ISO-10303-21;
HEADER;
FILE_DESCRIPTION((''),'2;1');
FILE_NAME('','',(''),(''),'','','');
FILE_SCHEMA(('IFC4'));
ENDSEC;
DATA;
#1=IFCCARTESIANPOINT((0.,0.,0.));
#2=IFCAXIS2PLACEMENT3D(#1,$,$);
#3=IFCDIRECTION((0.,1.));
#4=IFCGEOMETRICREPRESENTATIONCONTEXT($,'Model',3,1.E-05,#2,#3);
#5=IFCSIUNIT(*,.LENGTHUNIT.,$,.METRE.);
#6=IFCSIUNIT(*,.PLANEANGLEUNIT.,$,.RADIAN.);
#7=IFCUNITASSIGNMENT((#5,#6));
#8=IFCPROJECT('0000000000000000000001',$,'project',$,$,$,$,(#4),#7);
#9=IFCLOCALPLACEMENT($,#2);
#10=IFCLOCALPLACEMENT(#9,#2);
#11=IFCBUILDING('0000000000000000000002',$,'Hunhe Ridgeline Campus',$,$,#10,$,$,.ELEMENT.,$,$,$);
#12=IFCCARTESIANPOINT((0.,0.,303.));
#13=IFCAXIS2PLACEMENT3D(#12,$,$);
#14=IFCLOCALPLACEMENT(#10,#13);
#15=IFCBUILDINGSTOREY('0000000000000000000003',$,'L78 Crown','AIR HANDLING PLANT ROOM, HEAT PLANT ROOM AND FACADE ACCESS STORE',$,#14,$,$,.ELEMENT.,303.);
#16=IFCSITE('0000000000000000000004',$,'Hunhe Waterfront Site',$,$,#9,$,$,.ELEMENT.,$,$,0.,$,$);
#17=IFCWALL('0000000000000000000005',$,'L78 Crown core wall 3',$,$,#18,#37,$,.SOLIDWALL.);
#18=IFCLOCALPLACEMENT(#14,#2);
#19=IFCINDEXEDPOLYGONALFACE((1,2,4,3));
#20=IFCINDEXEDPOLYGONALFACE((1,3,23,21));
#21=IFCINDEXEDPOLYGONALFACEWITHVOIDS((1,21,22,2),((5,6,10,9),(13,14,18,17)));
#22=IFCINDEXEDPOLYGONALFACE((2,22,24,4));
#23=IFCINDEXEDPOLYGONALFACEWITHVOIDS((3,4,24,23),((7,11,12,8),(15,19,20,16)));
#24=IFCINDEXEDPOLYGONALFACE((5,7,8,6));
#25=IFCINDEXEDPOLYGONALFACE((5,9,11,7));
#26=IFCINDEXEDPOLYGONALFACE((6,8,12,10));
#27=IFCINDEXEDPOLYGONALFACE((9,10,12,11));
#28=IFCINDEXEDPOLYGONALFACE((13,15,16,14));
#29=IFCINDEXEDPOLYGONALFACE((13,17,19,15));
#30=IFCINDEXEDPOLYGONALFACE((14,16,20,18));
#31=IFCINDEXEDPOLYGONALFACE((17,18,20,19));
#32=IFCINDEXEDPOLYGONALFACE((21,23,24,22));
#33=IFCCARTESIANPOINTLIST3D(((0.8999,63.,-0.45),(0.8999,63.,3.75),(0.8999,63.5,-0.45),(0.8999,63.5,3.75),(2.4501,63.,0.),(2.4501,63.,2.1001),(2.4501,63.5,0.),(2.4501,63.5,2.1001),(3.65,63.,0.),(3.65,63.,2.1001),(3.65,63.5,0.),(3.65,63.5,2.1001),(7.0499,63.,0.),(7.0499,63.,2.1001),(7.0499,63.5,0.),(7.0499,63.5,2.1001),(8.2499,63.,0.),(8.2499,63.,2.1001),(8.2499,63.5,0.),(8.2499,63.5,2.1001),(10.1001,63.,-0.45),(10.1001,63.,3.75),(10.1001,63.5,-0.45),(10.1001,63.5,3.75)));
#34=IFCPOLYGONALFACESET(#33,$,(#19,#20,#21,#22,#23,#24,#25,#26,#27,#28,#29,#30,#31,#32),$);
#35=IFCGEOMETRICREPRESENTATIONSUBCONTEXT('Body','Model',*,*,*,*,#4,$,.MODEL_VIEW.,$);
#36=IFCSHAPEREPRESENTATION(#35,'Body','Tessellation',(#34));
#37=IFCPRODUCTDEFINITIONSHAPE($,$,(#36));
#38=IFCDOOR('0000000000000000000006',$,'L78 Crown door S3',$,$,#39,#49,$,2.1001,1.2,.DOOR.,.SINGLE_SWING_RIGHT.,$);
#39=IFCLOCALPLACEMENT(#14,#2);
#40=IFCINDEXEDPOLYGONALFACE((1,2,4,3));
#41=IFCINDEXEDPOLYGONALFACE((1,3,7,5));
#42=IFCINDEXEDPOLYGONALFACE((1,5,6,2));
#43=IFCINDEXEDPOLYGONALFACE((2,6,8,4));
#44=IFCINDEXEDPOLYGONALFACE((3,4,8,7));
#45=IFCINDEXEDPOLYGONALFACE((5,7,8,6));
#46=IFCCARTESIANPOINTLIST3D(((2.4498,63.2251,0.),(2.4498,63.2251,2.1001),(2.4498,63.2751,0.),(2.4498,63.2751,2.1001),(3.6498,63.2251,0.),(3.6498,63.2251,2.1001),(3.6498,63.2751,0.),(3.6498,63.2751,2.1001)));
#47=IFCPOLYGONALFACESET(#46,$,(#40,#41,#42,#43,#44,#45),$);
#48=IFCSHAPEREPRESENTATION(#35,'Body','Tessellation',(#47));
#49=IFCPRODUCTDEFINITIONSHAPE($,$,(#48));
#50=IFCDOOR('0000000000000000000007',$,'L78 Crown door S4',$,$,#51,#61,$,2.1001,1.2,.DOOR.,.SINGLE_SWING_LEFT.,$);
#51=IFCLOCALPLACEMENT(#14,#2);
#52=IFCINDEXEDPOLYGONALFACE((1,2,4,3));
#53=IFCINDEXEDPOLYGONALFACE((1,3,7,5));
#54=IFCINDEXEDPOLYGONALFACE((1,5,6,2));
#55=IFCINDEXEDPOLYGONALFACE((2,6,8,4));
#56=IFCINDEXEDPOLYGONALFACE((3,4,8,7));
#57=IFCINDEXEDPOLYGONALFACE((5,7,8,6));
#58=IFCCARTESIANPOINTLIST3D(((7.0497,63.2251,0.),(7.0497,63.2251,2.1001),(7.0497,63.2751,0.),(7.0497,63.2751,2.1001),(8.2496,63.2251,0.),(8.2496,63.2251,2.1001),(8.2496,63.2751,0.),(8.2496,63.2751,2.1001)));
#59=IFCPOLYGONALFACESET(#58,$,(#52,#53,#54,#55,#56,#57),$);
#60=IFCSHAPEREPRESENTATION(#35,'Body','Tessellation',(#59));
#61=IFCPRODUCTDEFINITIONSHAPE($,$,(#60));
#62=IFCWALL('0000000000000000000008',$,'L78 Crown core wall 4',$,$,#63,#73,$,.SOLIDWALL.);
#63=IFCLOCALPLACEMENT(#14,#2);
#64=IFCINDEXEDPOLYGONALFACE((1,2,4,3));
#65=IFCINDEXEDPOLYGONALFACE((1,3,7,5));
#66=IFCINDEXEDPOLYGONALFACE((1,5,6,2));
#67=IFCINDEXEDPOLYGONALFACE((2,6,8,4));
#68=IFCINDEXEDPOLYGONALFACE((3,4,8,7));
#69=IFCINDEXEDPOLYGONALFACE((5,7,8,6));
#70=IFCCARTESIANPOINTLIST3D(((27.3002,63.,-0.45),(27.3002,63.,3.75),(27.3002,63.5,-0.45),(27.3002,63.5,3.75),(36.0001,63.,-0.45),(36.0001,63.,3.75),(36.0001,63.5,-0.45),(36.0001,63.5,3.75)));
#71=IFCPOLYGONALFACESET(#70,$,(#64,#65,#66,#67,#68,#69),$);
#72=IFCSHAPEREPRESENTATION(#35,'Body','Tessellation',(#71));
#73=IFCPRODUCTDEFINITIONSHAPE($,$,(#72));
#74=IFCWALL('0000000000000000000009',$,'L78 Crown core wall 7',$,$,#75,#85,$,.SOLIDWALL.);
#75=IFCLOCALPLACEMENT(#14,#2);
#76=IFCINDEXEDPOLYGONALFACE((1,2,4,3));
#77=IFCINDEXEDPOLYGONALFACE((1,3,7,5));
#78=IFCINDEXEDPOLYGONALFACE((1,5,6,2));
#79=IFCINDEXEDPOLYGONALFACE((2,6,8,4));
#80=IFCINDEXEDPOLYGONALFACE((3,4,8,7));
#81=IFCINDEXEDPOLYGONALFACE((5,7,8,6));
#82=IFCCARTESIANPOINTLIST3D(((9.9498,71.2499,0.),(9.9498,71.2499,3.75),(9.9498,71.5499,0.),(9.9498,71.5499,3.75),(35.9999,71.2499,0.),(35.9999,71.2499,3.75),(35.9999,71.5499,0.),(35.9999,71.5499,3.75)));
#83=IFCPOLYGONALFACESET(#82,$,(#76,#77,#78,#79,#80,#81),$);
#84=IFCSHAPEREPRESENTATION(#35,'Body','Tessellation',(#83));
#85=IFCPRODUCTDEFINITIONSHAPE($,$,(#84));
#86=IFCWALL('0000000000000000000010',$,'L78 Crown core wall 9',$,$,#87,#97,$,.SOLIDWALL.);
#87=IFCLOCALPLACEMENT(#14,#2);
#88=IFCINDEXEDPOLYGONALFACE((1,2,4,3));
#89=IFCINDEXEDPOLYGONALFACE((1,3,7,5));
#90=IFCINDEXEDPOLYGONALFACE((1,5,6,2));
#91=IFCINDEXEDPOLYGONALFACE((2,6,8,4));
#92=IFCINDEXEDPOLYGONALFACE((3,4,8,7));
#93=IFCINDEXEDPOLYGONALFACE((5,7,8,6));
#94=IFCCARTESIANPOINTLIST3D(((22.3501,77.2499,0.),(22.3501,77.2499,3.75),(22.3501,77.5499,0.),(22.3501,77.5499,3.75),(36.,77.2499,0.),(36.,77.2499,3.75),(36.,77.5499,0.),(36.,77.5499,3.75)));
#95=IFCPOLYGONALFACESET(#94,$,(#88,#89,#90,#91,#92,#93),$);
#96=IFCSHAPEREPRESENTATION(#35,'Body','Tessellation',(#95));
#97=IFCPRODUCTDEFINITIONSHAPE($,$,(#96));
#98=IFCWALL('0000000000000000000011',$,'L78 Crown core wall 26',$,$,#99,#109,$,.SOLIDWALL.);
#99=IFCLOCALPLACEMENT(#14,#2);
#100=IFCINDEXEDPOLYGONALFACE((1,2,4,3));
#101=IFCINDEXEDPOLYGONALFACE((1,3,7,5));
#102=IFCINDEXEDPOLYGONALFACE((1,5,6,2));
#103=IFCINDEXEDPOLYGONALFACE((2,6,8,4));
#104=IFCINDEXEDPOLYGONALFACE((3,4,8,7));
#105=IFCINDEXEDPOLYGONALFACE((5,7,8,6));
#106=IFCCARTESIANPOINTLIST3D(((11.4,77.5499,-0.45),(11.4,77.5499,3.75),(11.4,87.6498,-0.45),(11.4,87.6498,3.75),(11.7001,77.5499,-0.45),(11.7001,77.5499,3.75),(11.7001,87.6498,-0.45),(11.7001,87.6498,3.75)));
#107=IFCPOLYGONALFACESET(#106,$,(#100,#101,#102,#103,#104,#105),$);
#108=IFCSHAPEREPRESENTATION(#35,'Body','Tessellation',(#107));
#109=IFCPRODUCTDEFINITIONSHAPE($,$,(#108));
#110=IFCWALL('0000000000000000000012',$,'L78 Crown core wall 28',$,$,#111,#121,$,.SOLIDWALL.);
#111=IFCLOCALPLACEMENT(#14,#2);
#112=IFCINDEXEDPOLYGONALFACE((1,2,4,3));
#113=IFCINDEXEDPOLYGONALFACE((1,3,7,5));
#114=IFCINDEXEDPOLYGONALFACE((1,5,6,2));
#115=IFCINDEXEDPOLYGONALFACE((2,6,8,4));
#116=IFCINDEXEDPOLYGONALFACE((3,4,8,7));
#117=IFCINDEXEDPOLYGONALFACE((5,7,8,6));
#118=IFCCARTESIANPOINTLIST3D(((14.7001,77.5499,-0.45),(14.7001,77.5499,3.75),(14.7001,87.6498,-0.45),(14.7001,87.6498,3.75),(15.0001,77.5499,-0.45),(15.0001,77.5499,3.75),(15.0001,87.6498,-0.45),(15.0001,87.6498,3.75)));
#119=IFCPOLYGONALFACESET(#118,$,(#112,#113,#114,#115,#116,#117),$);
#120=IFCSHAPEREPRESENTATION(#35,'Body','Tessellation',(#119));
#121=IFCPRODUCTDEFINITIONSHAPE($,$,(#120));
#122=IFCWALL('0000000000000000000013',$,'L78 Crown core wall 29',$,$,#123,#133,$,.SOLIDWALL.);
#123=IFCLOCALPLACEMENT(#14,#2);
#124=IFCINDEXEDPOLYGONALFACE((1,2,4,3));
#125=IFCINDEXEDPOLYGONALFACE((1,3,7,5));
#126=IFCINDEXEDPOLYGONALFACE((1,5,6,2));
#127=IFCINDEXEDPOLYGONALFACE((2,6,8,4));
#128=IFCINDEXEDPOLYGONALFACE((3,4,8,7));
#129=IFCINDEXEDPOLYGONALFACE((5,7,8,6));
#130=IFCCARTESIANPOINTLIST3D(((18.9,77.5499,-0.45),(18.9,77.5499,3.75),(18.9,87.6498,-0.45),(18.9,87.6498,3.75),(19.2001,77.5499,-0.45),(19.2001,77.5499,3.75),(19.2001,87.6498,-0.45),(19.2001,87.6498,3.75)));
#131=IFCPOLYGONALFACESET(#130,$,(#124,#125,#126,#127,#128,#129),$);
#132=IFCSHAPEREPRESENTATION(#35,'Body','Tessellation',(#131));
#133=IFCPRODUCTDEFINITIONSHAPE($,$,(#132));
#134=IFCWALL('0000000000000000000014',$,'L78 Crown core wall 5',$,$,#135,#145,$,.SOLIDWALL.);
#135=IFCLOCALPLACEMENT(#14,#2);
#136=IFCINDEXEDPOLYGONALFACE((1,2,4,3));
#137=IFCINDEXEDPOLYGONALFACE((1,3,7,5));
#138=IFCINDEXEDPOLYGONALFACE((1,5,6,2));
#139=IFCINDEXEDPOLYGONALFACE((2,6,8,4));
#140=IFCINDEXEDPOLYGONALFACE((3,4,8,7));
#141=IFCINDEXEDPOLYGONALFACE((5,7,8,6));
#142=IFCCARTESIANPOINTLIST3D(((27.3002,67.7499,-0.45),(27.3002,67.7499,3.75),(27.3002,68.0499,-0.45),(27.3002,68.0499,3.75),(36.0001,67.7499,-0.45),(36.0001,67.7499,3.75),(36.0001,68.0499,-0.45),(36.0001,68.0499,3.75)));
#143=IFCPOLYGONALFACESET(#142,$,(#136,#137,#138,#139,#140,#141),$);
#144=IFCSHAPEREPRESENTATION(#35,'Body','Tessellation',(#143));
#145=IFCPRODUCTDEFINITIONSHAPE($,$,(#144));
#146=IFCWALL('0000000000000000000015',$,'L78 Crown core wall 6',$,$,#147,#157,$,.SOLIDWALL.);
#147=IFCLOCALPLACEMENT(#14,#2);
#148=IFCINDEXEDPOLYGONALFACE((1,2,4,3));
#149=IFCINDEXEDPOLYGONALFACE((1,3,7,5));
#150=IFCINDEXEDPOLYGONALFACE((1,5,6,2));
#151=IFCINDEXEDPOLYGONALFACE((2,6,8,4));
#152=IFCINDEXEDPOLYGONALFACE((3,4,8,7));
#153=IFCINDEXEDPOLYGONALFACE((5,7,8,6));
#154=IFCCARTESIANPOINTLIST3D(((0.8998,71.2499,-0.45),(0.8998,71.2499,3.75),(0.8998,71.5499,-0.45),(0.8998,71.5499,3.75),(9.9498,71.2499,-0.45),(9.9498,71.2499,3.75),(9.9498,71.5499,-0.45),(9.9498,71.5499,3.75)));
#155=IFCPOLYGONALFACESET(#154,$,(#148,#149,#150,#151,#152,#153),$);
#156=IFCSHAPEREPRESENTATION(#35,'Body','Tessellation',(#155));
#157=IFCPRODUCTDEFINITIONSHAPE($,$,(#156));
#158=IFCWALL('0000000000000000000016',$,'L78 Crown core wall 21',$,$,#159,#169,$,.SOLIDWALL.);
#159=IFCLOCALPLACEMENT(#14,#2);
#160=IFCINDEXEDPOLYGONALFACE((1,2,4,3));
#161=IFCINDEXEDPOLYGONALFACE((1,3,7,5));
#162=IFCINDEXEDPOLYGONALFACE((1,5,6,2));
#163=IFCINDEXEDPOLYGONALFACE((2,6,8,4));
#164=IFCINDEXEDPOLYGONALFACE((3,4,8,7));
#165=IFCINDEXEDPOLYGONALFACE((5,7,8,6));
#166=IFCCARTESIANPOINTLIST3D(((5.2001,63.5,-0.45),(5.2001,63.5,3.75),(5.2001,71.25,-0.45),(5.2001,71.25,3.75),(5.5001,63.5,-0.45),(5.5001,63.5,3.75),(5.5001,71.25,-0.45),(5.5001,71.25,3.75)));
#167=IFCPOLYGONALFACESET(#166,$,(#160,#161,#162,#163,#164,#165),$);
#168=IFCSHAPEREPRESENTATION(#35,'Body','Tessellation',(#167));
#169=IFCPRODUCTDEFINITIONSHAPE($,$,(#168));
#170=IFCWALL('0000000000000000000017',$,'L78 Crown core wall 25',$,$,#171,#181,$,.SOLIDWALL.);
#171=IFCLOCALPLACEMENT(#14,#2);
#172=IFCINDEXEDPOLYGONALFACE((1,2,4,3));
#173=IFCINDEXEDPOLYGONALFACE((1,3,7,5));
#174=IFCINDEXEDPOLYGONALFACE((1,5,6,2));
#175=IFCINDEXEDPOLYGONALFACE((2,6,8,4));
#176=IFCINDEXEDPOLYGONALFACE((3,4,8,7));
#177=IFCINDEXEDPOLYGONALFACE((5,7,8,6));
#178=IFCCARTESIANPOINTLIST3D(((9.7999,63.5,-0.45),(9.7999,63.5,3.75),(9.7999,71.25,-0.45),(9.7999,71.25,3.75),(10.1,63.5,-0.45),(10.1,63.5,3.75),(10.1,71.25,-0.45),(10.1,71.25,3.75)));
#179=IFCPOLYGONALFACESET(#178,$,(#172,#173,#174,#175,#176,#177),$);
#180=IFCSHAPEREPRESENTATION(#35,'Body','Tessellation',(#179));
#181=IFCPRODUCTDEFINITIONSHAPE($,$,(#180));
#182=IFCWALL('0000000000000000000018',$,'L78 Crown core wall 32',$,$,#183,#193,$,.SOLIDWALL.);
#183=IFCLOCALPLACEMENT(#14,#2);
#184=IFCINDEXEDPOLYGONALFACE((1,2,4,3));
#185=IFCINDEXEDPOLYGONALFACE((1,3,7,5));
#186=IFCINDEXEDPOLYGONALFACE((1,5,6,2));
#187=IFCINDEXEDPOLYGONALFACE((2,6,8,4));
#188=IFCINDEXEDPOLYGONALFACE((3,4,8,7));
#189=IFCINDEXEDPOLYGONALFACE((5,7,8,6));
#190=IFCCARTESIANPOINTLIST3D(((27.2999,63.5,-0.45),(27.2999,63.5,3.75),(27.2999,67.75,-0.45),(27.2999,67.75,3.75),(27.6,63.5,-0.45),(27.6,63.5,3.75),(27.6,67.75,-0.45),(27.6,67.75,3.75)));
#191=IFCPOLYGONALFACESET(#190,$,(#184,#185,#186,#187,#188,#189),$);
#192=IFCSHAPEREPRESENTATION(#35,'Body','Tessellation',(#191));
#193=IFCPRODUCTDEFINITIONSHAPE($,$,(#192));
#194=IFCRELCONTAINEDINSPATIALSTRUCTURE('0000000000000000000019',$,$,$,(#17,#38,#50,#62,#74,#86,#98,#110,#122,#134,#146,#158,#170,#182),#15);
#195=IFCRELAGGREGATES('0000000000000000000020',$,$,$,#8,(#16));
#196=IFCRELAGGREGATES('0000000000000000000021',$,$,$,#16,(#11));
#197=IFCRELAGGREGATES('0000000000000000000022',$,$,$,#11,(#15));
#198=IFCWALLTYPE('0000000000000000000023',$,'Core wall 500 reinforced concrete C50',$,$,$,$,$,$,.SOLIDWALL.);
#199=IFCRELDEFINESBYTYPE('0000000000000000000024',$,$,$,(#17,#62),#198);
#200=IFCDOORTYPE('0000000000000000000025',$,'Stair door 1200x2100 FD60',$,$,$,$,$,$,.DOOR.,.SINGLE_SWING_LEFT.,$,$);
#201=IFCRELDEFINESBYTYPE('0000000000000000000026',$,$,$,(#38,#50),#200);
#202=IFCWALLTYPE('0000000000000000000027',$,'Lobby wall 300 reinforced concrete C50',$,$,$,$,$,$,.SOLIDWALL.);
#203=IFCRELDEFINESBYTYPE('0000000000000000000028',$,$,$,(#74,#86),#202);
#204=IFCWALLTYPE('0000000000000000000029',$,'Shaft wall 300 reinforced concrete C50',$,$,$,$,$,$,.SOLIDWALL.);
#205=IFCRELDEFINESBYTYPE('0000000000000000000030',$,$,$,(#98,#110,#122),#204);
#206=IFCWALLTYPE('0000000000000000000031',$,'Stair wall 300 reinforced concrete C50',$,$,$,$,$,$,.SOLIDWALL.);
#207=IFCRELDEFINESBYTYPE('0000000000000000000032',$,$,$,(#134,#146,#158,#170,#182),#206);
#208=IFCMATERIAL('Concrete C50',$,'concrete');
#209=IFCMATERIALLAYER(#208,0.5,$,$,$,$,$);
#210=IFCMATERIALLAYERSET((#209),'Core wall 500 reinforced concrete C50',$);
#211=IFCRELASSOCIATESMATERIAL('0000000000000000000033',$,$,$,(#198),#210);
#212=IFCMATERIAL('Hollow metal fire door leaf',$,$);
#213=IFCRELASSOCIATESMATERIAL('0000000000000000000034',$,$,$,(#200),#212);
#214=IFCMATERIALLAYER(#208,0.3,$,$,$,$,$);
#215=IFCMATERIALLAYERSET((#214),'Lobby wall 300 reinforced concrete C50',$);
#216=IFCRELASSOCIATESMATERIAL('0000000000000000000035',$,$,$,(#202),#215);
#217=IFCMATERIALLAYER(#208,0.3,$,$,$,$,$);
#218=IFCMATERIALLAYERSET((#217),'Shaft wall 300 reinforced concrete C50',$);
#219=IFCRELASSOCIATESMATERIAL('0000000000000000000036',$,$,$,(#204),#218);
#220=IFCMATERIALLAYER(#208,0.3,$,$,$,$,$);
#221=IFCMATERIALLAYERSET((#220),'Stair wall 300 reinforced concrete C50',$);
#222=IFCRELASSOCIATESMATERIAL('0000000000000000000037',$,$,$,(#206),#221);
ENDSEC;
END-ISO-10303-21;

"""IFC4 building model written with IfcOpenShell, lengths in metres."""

from ifc_helpers import new_model, si_unit, direction, frame, frame_2d, origin, place, context, subcontext, project, spatial, rectangle, extrude, material, layer, layer_set, type_object, element, fill, save


model = new_model("IFC4")

# Units and contexts
model_context = context("Model", 3, precision=1e-05, world=origin(), true_north=direction((0.0, 1.0)))
body_context = subcontext(model_context, "Body", "Model", "MODEL_VIEW")
ifc_project = project(units=[si_unit("LENGTHUNIT", "METRE"), si_unit("PLANEANGLEUNIT", "RADIAN")], contexts=[model_context])

# Site, building, storey
site_placement = place(None, origin())
site = spatial("IfcSite", under=ifc_project, at=site_placement, Name="Hunhe Waterfront Site", CompositionType="ELEMENT", RefElevation=0.0)
building_placement = place(site_placement, origin())
building = spatial("IfcBuilding", under=site, at=building_placement, Name="Hunhe Ridgeline Campus", CompositionType="ELEMENT")
storey_placement = place(building_placement, frame((0.0, 0.0, 303.0)))
storey = spatial("IfcBuildingStorey", under=building, at=storey_placement, Name="L78 Crown", Description="AIR HANDLING PLANT ROOM, HEAT PLANT ROOM AND FACADE ACCESS STORE", CompositionType="ELEMENT", Elevation=303.0)

# Wall, openings, doors
ifc_material_1 = material(Name="Concrete C50", Category="concrete")
ifc_layer_1 = layer(ifc_material_1, 0.5)
ifc_layer_set_1 = layer_set([ifc_layer_1], Name="Core wall 500 reinforced concrete C50")
wall_type_1 = type_object("IfcWallType", Name="Core wall 500 reinforced concrete C50", PredefinedType="SOLIDWALL", material=ifc_layer_set_1)
wall_1_placement = place(storey_placement, frame((0.8999, 63.25, -0.45), z_axis=(0.0, 0.0, 1.0), x_axis=(1.0, 0.0, 0.0)))
wall_1 = element("IfcWall", 1, at=wall_1_placement, inside=storey, type_object=wall_type_1, Name="L78 Crown core wall 3", PredefinedType="SOLIDWALL", context=body_context, shape_type="SweptSolid", body=[
    extrude(rectangle(XDim=9.2002, YDim=0.5, at=frame_2d((4.6001, 0.0))), origin(), (0.0, 0.0, 1.0), 4.2),
])
opening_1_placement = place(wall_1_placement, frame((1.55, 0.0, 0.45)))
opening_1 = element("IfcOpeningElement", 2, at=opening_1_placement, cuts=wall_1, PredefinedType="OPENING", context=body_context, shape_type="SweptSolid", body=[
    extrude(rectangle(XDim=1.2, YDim=2.1001, at=frame_2d((0.6001, 1.05))), frame((0.0, 0.25, 0.0), z_axis=(0.0, -1.0, 0.0), x_axis=(1.0, 0.0, 0.0)), (0.0, 0.0, 1.0), 0.5),
])
opening_2_placement = place(wall_1_placement, frame((6.1499, 0.0, 0.45)))
opening_2 = element("IfcOpeningElement", 3, at=opening_2_placement, cuts=wall_1, PredefinedType="OPENING", context=body_context, shape_type="SweptSolid", body=[
    extrude(rectangle(XDim=1.2, YDim=2.1001, at=frame_2d((0.6001, 1.05))), frame((0.0, 0.25, 0.0), z_axis=(0.0, -1.0, 0.0), x_axis=(1.0, 0.0, 0.0)), (0.0, 0.0, 1.0), 0.5),
])
ifc_material_2 = material(Name="Hollow metal fire door leaf")
door_type_1 = type_object("IfcDoorType", Name="Stair door 1200x2100 FD60", OperationType="SINGLE_SWING_LEFT", PredefinedType="DOOR", material=ifc_material_2)
door_1_placement = place(opening_1_placement, frame((1.2, 0.0, 0.0), z_axis=(0.0, 0.0, 1.0), x_axis=(-1.0, 0.0, 0.0)))
door_1 = element("IfcDoor", 4, at=door_1_placement, inside=storey, type_object=door_type_1, Name="L78 Crown door S3", OperationType="SINGLE_SWING_RIGHT", OverallHeight=2.1001, OverallWidth=1.2, PredefinedType="DOOR", context=body_context, shape_type="SweptSolid", body=[
    extrude(rectangle(XDim=1.2, YDim=2.1001, at=frame_2d((0.6001, 1.05))), frame((0.0, 0.0249, 0.0), z_axis=(0.0, -1.0, 0.0), x_axis=(1.0, 0.0, 0.0)), (0.0, 0.0, 1.0), 0.05),
])
fill(opening_1, door_1)
door_2_placement = place(opening_2_placement, frame((1.2, 0.0, 0.0), z_axis=(0.0, 0.0, 1.0), x_axis=(-1.0, 0.0, 0.0)))
door_2 = element("IfcDoor", 5, at=door_2_placement, inside=storey, type_object=door_type_1, Name="L78 Crown door S4", OperationType="SINGLE_SWING_LEFT", OverallHeight=2.1001, OverallWidth=1.2, PredefinedType="DOOR", context=body_context, shape_type="SweptSolid", body=[
    extrude(rectangle(XDim=1.2, YDim=2.1001, at=frame_2d((0.6001, 1.05))), frame((0.0, 0.0249, 0.0), z_axis=(0.0, -1.0, 0.0), x_axis=(1.0, 0.0, 0.0)), (0.0, 0.0, 1.0), 0.05),
])
fill(opening_2, door_2)

# Wall
wall_2_placement = place(storey_placement, frame((27.3, 63.25, -0.45), z_axis=(0.0, 0.0, 1.0), x_axis=(1.0, 0.0, 0.0)))
element("IfcWall", 6, at=wall_2_placement, inside=storey, type_object=wall_type_1, Name="L78 Crown core wall 4", PredefinedType="SOLIDWALL", context=body_context, shape_type="SweptSolid", body=[
    extrude(rectangle(XDim=8.7, YDim=0.5, at=frame_2d((4.3501, 0.0))), origin(), (0.0, 0.0, 1.0), 4.2),
])

# Walls
ifc_layer_2 = layer(ifc_material_1, 0.3)
ifc_layer_set_2 = layer_set([ifc_layer_2], Name="Lobby wall 300 reinforced concrete C50")
wall_type_2 = type_object("IfcWallType", Name="Lobby wall 300 reinforced concrete C50", PredefinedType="SOLIDWALL", material=ifc_layer_set_2)
wall_3_placement = place(storey_placement, frame((9.95, 71.3999, 0.0), z_axis=(0.0, 0.0, 1.0), x_axis=(1.0, 0.0, 0.0)))
element("IfcWall", 7, at=wall_3_placement, inside=storey, type_object=wall_type_2, Name="L78 Crown core wall 7", PredefinedType="SOLIDWALL", context=body_context, shape_type="SweptSolid", body=[
    extrude(rectangle(XDim=26.05, YDim=0.3, at=frame_2d((13.0249, 0.0))), origin(), (0.0, 0.0, 1.0), 3.75),
])
wall_4_placement = place(storey_placement, frame((22.3501, 77.3999, 0.0), z_axis=(0.0, 0.0, 1.0), x_axis=(1.0, 0.0, 0.0)))
element("IfcWall", 8, at=wall_4_placement, inside=storey, type_object=wall_type_2, Name="L78 Crown core wall 9", PredefinedType="SOLIDWALL", context=body_context, shape_type="SweptSolid", body=[
    extrude(rectangle(XDim=13.6499, YDim=0.3, at=frame_2d((6.825, 0.0))), origin(), (0.0, 0.0, 1.0), 3.75),
])

# Shared definitions
ifc_layer_3 = layer(ifc_material_1, 0.3)
ifc_layer_set_3 = layer_set([ifc_layer_3], Name="Shaft wall 300 reinforced concrete C50")
wall_type_3 = type_object("IfcWallType", Name="Shaft wall 300 reinforced concrete C50", PredefinedType="SOLIDWALL", material=ifc_layer_set_3)

# Walls
for number, where, z_axis, x_axis, name in (
    (9, (11.55, 77.55, -0.45), (0.0, 0.0, 1.0), (0.0, 1.0, 0.0), "L78 Crown core wall 26"),
    (10, (14.8501, 77.55, -0.45), (0.0, 0.0, 1.0), (0.0, 1.0, 0.0), "L78 Crown core wall 28"),
    (11, (19.05, 77.55, -0.45), (0.0, 0.0, 1.0), (0.0, 1.0, 0.0), "L78 Crown core wall 29"),
):
    element("IfcWall", number, at=place(storey_placement, frame(where, z_axis=z_axis, x_axis=x_axis)), inside=storey, type_object=wall_type_3, Name=name, PredefinedType="SOLIDWALL", context=body_context, shape_type="SweptSolid", body=[
        extrude(rectangle(XDim=10.0999, YDim=0.3, at=frame_2d((5.0498, 0.0))), origin(), (0.0, 0.0, 1.0), 4.2),
    ])
ifc_layer_4 = layer(ifc_material_1, 0.3)
ifc_layer_set_4 = layer_set([ifc_layer_4], Name="Stair wall 300 reinforced concrete C50")
wall_type_4 = type_object("IfcWallType", Name="Stair wall 300 reinforced concrete C50", PredefinedType="SOLIDWALL", material=ifc_layer_set_4)
wall_5_placement = place(storey_placement, frame((27.3, 67.8999, -0.45), z_axis=(0.0, 0.0, 1.0), x_axis=(1.0, 0.0, 0.0)))
element("IfcWall", 12, at=wall_5_placement, inside=storey, type_object=wall_type_4, Name="L78 Crown core wall 5", PredefinedType="SOLIDWALL", context=body_context, shape_type="SweptSolid", body=[
    extrude(rectangle(XDim=8.7, YDim=0.3, at=frame_2d((4.3501, 0.0))), origin(), (0.0, 0.0, 1.0), 4.2),
])
wall_6_placement = place(storey_placement, frame((0.8999, 71.3999, -0.45), z_axis=(0.0, 0.0, 1.0), x_axis=(1.0, 0.0, 0.0)))
element("IfcWall", 13, at=wall_6_placement, inside=storey, type_object=wall_type_4, Name="L78 Crown core wall 6", PredefinedType="SOLIDWALL", context=body_context, shape_type="SweptSolid", body=[
    extrude(rectangle(XDim=9.05, YDim=0.3, at=frame_2d((4.5249, 0.0))), origin(), (0.0, 0.0, 1.0), 4.2),
])
for number, where, z_axis, x_axis, name in (
    (14, (5.3501, 63.5, -0.45), (0.0, 0.0, 1.0), (0.0, 1.0, 0.0), "L78 Crown core wall 21"),
    (15, (9.95, 63.5, -0.45), (0.0, 0.0, 1.0), (0.0, 1.0, 0.0), "L78 Crown core wall 25"),
):
    element("IfcWall", number, at=place(storey_placement, frame(where, z_axis=z_axis, x_axis=x_axis)), inside=storey, type_object=wall_type_4, Name=name, PredefinedType="SOLIDWALL", context=body_context, shape_type="SweptSolid", body=[
        extrude(rectangle(XDim=7.75, YDim=0.3, at=frame_2d((3.875, 0.0))), origin(), (0.0, 0.0, 1.0), 4.2),
    ])
wall_7_placement = place(storey_placement, frame((27.45, 63.5, -0.45), z_axis=(0.0, 0.0, 1.0), x_axis=(0.0, 1.0, 0.0)))
element("IfcWall", 16, at=wall_7_placement, inside=storey, type_object=wall_type_4, Name="L78 Crown core wall 32", PredefinedType="SOLIDWALL", context=body_context, shape_type="SweptSolid", body=[
    extrude(rectangle(XDim=4.25, YDim=0.3, at=frame_2d((2.125, 0.0))), origin(), (0.0, 0.0, 1.0), 4.2),
])

save(model, "model.ifc")
